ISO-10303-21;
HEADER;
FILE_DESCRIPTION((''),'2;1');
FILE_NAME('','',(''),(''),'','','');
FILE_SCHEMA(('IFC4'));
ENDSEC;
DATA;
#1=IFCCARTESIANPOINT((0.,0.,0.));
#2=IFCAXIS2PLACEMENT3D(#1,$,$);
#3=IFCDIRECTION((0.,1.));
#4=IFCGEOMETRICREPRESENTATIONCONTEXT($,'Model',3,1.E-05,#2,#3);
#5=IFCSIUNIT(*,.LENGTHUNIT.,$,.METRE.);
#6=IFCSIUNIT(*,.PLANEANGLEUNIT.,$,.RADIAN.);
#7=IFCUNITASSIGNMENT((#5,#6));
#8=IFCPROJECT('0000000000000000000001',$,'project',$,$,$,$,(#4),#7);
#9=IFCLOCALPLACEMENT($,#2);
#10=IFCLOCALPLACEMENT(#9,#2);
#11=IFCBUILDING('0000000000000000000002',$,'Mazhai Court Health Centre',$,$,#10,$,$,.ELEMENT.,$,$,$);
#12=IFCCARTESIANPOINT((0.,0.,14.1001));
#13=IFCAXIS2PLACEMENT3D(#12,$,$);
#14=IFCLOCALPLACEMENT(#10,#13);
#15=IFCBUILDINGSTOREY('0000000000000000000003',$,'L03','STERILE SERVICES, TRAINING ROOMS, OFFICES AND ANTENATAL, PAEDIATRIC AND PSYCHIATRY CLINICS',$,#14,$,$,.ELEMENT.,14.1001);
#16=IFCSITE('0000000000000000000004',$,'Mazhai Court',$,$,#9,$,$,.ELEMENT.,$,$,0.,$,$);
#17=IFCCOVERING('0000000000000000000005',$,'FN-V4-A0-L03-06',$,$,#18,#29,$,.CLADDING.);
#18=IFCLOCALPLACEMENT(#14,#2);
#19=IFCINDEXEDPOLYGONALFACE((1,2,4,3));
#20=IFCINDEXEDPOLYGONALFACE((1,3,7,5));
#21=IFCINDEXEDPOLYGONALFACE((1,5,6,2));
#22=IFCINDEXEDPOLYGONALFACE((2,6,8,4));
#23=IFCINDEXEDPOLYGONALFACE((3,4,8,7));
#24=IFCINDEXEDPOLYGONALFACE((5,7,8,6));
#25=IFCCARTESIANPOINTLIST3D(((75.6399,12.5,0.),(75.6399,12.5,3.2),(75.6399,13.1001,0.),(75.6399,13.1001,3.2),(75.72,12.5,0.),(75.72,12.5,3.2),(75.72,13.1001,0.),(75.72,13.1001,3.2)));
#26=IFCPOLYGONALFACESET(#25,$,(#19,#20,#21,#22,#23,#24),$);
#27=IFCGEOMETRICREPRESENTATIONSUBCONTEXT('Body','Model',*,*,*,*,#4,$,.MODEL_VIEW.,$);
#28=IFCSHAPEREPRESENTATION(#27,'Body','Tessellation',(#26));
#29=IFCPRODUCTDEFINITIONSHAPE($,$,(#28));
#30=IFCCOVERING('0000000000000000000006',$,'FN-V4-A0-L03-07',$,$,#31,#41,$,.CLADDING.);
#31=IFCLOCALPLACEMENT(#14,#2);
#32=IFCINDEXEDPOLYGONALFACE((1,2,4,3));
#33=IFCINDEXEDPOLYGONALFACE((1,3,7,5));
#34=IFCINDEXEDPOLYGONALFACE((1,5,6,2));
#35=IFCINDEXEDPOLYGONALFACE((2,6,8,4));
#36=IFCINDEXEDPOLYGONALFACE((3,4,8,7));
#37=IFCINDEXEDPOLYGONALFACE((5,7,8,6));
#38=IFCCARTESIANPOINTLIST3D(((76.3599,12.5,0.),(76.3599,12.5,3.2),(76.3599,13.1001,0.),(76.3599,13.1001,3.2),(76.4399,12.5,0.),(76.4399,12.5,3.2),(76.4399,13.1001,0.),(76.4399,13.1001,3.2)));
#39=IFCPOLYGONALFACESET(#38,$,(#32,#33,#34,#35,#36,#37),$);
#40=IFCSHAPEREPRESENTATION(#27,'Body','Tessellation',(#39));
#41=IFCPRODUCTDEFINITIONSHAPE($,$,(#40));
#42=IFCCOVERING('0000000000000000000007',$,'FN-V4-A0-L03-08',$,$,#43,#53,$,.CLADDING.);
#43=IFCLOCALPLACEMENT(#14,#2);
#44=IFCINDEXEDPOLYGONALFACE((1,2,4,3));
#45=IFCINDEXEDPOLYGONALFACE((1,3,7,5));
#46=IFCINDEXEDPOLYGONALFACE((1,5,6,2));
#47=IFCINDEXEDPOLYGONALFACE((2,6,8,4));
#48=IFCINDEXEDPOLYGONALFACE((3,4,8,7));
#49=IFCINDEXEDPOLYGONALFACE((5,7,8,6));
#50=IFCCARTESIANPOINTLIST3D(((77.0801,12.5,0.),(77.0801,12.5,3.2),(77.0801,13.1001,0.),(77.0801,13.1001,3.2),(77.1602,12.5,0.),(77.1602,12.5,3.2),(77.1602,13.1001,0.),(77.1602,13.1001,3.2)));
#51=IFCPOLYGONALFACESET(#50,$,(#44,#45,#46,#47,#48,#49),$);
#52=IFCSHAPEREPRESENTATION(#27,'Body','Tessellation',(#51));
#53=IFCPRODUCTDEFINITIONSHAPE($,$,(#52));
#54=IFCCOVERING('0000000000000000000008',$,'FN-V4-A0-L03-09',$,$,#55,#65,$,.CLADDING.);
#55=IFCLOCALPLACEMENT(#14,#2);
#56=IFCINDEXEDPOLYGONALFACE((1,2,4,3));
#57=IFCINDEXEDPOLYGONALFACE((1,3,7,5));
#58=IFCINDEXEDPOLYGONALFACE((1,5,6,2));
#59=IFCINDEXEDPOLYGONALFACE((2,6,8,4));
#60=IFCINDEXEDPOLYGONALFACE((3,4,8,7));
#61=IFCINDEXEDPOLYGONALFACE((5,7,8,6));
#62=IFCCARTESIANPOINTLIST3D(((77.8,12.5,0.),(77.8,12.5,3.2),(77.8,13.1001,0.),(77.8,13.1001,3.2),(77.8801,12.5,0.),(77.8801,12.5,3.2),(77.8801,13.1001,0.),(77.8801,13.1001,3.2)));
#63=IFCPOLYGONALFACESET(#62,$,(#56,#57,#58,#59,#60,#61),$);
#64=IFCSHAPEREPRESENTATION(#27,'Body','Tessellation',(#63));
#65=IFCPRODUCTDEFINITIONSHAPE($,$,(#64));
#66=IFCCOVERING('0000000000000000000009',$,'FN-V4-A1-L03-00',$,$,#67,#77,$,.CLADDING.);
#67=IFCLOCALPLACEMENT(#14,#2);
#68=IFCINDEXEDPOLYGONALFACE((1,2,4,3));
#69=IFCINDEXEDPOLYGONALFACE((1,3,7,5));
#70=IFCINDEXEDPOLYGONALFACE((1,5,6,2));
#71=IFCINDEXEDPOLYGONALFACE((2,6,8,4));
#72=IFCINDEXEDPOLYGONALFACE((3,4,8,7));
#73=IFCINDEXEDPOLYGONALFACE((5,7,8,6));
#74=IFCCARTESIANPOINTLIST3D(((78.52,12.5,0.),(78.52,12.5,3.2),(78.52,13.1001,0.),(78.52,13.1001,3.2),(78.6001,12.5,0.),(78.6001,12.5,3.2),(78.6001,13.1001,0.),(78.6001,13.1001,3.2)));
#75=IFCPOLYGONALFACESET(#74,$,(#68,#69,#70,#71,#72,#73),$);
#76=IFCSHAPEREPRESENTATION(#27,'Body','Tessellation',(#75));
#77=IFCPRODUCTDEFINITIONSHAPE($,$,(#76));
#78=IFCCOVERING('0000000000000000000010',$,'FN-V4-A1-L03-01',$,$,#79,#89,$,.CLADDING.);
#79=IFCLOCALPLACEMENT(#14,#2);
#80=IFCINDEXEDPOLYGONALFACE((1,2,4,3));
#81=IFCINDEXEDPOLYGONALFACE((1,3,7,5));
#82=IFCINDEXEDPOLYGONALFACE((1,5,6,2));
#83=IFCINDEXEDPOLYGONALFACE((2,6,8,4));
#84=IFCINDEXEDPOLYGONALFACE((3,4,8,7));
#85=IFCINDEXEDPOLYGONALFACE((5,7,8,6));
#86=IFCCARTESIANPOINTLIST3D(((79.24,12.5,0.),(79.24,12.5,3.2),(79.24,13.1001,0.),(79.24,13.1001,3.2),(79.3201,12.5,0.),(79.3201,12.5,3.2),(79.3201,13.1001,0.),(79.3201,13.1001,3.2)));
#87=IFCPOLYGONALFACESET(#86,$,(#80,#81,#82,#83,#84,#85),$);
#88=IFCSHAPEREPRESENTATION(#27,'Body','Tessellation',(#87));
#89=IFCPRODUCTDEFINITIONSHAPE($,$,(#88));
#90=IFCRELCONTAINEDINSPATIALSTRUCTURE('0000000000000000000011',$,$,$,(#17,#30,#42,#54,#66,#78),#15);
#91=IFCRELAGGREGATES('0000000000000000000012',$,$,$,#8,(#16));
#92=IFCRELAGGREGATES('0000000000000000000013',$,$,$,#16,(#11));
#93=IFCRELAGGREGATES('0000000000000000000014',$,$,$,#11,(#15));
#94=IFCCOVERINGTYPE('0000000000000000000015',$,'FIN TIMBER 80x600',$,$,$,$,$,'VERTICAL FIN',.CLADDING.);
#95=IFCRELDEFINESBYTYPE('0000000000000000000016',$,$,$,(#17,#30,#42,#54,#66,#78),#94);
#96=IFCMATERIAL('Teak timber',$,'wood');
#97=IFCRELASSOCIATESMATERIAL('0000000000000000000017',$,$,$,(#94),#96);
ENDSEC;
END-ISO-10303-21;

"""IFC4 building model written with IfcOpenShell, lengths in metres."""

from ifc_helpers import new_model, si_unit, direction, frame, origin, origin_2d, place, context, subcontext, project, spatial, rectangle, extrude, material, type_object, element, save


model = new_model("IFC4")

# Units and contexts
model_context = context("Model", 3, precision=1e-05, world=origin(), true_north=direction((0.0, 1.0)))
body_context = subcontext(model_context, "Body", "Model", "MODEL_VIEW")
ifc_project = project(units=[si_unit("LENGTHUNIT", "METRE"), si_unit("PLANEANGLEUNIT", "RADIAN")], contexts=[model_context])

# Site, building, storey
site_placement = place(None, origin())
site = spatial("IfcSite", under=ifc_project, at=site_placement, Name="Mazhai Court", CompositionType="ELEMENT", RefElevation=0.0)
building_placement = place(site_placement, origin())
building = spatial("IfcBuilding", under=site, at=building_placement, Name="Mazhai Court Health Centre", CompositionType="ELEMENT")
storey_placement = place(building_placement, frame((0.0, 0.0, 14.1001)))
storey = spatial("IfcBuildingStorey", under=building, at=storey_placement, Name="L03", Description="STERILE SERVICES, TRAINING ROOMS, OFFICES AND ANTENATAL, PAEDIATRIC AND PSYCHIATRY CLINICS", CompositionType="ELEMENT", Elevation=14.1001)

# Coverings
ifc_material_1 = material(Name="Teak timber", Category="wood")
covering_type_1 = type_object("IfcCoveringType", Name="FIN TIMBER 80x600", ElementType="VERTICAL FIN", PredefinedType="CLADDING", material=ifc_material_1)
for number, where, z_axis, x_axis, name in (
    (1, (75.6799, 12.8, 0.0), (0.0, 0.0, 1.0), (1.0, 0.0, 0.0), "FN-V4-A0-L03-06"),
    (2, (76.3999, 12.8, 0.0), (0.0, 0.0, 1.0), (1.0, 0.0, 0.0), "FN-V4-A0-L03-07"),
    (3, (77.1201, 12.8, 0.0), (0.0, 0.0, 1.0), (1.0, 0.0, 0.0), "FN-V4-A0-L03-08"),
    (4, (77.8401, 12.8, 0.0), (0.0, 0.0, 1.0), (1.0, 0.0, 0.0), "FN-V4-A0-L03-09"),
    (5, (78.5601, 12.8, 0.0), (0.0, 0.0, 1.0), (1.0, 0.0, 0.0), "FN-V4-A1-L03-00"),
    (6, (79.28, 12.8, 0.0), (0.0, 0.0, 1.0), (1.0, 0.0, 0.0), "FN-V4-A1-L03-01"),
):
    element("IfcCovering", number, at=place(storey_placement, frame(where, z_axis=z_axis, x_axis=x_axis)), inside=storey, type_object=covering_type_1, Name=name, PredefinedType="CLADDING", context=body_context, shape_type="SweptSolid", body=[
        extrude(rectangle(XDim=0.0801, YDim=0.6001, at=origin_2d()), origin(), (0.0, 0.0, 1.0), 3.2),
    ])

save(model, "model.ifc")
